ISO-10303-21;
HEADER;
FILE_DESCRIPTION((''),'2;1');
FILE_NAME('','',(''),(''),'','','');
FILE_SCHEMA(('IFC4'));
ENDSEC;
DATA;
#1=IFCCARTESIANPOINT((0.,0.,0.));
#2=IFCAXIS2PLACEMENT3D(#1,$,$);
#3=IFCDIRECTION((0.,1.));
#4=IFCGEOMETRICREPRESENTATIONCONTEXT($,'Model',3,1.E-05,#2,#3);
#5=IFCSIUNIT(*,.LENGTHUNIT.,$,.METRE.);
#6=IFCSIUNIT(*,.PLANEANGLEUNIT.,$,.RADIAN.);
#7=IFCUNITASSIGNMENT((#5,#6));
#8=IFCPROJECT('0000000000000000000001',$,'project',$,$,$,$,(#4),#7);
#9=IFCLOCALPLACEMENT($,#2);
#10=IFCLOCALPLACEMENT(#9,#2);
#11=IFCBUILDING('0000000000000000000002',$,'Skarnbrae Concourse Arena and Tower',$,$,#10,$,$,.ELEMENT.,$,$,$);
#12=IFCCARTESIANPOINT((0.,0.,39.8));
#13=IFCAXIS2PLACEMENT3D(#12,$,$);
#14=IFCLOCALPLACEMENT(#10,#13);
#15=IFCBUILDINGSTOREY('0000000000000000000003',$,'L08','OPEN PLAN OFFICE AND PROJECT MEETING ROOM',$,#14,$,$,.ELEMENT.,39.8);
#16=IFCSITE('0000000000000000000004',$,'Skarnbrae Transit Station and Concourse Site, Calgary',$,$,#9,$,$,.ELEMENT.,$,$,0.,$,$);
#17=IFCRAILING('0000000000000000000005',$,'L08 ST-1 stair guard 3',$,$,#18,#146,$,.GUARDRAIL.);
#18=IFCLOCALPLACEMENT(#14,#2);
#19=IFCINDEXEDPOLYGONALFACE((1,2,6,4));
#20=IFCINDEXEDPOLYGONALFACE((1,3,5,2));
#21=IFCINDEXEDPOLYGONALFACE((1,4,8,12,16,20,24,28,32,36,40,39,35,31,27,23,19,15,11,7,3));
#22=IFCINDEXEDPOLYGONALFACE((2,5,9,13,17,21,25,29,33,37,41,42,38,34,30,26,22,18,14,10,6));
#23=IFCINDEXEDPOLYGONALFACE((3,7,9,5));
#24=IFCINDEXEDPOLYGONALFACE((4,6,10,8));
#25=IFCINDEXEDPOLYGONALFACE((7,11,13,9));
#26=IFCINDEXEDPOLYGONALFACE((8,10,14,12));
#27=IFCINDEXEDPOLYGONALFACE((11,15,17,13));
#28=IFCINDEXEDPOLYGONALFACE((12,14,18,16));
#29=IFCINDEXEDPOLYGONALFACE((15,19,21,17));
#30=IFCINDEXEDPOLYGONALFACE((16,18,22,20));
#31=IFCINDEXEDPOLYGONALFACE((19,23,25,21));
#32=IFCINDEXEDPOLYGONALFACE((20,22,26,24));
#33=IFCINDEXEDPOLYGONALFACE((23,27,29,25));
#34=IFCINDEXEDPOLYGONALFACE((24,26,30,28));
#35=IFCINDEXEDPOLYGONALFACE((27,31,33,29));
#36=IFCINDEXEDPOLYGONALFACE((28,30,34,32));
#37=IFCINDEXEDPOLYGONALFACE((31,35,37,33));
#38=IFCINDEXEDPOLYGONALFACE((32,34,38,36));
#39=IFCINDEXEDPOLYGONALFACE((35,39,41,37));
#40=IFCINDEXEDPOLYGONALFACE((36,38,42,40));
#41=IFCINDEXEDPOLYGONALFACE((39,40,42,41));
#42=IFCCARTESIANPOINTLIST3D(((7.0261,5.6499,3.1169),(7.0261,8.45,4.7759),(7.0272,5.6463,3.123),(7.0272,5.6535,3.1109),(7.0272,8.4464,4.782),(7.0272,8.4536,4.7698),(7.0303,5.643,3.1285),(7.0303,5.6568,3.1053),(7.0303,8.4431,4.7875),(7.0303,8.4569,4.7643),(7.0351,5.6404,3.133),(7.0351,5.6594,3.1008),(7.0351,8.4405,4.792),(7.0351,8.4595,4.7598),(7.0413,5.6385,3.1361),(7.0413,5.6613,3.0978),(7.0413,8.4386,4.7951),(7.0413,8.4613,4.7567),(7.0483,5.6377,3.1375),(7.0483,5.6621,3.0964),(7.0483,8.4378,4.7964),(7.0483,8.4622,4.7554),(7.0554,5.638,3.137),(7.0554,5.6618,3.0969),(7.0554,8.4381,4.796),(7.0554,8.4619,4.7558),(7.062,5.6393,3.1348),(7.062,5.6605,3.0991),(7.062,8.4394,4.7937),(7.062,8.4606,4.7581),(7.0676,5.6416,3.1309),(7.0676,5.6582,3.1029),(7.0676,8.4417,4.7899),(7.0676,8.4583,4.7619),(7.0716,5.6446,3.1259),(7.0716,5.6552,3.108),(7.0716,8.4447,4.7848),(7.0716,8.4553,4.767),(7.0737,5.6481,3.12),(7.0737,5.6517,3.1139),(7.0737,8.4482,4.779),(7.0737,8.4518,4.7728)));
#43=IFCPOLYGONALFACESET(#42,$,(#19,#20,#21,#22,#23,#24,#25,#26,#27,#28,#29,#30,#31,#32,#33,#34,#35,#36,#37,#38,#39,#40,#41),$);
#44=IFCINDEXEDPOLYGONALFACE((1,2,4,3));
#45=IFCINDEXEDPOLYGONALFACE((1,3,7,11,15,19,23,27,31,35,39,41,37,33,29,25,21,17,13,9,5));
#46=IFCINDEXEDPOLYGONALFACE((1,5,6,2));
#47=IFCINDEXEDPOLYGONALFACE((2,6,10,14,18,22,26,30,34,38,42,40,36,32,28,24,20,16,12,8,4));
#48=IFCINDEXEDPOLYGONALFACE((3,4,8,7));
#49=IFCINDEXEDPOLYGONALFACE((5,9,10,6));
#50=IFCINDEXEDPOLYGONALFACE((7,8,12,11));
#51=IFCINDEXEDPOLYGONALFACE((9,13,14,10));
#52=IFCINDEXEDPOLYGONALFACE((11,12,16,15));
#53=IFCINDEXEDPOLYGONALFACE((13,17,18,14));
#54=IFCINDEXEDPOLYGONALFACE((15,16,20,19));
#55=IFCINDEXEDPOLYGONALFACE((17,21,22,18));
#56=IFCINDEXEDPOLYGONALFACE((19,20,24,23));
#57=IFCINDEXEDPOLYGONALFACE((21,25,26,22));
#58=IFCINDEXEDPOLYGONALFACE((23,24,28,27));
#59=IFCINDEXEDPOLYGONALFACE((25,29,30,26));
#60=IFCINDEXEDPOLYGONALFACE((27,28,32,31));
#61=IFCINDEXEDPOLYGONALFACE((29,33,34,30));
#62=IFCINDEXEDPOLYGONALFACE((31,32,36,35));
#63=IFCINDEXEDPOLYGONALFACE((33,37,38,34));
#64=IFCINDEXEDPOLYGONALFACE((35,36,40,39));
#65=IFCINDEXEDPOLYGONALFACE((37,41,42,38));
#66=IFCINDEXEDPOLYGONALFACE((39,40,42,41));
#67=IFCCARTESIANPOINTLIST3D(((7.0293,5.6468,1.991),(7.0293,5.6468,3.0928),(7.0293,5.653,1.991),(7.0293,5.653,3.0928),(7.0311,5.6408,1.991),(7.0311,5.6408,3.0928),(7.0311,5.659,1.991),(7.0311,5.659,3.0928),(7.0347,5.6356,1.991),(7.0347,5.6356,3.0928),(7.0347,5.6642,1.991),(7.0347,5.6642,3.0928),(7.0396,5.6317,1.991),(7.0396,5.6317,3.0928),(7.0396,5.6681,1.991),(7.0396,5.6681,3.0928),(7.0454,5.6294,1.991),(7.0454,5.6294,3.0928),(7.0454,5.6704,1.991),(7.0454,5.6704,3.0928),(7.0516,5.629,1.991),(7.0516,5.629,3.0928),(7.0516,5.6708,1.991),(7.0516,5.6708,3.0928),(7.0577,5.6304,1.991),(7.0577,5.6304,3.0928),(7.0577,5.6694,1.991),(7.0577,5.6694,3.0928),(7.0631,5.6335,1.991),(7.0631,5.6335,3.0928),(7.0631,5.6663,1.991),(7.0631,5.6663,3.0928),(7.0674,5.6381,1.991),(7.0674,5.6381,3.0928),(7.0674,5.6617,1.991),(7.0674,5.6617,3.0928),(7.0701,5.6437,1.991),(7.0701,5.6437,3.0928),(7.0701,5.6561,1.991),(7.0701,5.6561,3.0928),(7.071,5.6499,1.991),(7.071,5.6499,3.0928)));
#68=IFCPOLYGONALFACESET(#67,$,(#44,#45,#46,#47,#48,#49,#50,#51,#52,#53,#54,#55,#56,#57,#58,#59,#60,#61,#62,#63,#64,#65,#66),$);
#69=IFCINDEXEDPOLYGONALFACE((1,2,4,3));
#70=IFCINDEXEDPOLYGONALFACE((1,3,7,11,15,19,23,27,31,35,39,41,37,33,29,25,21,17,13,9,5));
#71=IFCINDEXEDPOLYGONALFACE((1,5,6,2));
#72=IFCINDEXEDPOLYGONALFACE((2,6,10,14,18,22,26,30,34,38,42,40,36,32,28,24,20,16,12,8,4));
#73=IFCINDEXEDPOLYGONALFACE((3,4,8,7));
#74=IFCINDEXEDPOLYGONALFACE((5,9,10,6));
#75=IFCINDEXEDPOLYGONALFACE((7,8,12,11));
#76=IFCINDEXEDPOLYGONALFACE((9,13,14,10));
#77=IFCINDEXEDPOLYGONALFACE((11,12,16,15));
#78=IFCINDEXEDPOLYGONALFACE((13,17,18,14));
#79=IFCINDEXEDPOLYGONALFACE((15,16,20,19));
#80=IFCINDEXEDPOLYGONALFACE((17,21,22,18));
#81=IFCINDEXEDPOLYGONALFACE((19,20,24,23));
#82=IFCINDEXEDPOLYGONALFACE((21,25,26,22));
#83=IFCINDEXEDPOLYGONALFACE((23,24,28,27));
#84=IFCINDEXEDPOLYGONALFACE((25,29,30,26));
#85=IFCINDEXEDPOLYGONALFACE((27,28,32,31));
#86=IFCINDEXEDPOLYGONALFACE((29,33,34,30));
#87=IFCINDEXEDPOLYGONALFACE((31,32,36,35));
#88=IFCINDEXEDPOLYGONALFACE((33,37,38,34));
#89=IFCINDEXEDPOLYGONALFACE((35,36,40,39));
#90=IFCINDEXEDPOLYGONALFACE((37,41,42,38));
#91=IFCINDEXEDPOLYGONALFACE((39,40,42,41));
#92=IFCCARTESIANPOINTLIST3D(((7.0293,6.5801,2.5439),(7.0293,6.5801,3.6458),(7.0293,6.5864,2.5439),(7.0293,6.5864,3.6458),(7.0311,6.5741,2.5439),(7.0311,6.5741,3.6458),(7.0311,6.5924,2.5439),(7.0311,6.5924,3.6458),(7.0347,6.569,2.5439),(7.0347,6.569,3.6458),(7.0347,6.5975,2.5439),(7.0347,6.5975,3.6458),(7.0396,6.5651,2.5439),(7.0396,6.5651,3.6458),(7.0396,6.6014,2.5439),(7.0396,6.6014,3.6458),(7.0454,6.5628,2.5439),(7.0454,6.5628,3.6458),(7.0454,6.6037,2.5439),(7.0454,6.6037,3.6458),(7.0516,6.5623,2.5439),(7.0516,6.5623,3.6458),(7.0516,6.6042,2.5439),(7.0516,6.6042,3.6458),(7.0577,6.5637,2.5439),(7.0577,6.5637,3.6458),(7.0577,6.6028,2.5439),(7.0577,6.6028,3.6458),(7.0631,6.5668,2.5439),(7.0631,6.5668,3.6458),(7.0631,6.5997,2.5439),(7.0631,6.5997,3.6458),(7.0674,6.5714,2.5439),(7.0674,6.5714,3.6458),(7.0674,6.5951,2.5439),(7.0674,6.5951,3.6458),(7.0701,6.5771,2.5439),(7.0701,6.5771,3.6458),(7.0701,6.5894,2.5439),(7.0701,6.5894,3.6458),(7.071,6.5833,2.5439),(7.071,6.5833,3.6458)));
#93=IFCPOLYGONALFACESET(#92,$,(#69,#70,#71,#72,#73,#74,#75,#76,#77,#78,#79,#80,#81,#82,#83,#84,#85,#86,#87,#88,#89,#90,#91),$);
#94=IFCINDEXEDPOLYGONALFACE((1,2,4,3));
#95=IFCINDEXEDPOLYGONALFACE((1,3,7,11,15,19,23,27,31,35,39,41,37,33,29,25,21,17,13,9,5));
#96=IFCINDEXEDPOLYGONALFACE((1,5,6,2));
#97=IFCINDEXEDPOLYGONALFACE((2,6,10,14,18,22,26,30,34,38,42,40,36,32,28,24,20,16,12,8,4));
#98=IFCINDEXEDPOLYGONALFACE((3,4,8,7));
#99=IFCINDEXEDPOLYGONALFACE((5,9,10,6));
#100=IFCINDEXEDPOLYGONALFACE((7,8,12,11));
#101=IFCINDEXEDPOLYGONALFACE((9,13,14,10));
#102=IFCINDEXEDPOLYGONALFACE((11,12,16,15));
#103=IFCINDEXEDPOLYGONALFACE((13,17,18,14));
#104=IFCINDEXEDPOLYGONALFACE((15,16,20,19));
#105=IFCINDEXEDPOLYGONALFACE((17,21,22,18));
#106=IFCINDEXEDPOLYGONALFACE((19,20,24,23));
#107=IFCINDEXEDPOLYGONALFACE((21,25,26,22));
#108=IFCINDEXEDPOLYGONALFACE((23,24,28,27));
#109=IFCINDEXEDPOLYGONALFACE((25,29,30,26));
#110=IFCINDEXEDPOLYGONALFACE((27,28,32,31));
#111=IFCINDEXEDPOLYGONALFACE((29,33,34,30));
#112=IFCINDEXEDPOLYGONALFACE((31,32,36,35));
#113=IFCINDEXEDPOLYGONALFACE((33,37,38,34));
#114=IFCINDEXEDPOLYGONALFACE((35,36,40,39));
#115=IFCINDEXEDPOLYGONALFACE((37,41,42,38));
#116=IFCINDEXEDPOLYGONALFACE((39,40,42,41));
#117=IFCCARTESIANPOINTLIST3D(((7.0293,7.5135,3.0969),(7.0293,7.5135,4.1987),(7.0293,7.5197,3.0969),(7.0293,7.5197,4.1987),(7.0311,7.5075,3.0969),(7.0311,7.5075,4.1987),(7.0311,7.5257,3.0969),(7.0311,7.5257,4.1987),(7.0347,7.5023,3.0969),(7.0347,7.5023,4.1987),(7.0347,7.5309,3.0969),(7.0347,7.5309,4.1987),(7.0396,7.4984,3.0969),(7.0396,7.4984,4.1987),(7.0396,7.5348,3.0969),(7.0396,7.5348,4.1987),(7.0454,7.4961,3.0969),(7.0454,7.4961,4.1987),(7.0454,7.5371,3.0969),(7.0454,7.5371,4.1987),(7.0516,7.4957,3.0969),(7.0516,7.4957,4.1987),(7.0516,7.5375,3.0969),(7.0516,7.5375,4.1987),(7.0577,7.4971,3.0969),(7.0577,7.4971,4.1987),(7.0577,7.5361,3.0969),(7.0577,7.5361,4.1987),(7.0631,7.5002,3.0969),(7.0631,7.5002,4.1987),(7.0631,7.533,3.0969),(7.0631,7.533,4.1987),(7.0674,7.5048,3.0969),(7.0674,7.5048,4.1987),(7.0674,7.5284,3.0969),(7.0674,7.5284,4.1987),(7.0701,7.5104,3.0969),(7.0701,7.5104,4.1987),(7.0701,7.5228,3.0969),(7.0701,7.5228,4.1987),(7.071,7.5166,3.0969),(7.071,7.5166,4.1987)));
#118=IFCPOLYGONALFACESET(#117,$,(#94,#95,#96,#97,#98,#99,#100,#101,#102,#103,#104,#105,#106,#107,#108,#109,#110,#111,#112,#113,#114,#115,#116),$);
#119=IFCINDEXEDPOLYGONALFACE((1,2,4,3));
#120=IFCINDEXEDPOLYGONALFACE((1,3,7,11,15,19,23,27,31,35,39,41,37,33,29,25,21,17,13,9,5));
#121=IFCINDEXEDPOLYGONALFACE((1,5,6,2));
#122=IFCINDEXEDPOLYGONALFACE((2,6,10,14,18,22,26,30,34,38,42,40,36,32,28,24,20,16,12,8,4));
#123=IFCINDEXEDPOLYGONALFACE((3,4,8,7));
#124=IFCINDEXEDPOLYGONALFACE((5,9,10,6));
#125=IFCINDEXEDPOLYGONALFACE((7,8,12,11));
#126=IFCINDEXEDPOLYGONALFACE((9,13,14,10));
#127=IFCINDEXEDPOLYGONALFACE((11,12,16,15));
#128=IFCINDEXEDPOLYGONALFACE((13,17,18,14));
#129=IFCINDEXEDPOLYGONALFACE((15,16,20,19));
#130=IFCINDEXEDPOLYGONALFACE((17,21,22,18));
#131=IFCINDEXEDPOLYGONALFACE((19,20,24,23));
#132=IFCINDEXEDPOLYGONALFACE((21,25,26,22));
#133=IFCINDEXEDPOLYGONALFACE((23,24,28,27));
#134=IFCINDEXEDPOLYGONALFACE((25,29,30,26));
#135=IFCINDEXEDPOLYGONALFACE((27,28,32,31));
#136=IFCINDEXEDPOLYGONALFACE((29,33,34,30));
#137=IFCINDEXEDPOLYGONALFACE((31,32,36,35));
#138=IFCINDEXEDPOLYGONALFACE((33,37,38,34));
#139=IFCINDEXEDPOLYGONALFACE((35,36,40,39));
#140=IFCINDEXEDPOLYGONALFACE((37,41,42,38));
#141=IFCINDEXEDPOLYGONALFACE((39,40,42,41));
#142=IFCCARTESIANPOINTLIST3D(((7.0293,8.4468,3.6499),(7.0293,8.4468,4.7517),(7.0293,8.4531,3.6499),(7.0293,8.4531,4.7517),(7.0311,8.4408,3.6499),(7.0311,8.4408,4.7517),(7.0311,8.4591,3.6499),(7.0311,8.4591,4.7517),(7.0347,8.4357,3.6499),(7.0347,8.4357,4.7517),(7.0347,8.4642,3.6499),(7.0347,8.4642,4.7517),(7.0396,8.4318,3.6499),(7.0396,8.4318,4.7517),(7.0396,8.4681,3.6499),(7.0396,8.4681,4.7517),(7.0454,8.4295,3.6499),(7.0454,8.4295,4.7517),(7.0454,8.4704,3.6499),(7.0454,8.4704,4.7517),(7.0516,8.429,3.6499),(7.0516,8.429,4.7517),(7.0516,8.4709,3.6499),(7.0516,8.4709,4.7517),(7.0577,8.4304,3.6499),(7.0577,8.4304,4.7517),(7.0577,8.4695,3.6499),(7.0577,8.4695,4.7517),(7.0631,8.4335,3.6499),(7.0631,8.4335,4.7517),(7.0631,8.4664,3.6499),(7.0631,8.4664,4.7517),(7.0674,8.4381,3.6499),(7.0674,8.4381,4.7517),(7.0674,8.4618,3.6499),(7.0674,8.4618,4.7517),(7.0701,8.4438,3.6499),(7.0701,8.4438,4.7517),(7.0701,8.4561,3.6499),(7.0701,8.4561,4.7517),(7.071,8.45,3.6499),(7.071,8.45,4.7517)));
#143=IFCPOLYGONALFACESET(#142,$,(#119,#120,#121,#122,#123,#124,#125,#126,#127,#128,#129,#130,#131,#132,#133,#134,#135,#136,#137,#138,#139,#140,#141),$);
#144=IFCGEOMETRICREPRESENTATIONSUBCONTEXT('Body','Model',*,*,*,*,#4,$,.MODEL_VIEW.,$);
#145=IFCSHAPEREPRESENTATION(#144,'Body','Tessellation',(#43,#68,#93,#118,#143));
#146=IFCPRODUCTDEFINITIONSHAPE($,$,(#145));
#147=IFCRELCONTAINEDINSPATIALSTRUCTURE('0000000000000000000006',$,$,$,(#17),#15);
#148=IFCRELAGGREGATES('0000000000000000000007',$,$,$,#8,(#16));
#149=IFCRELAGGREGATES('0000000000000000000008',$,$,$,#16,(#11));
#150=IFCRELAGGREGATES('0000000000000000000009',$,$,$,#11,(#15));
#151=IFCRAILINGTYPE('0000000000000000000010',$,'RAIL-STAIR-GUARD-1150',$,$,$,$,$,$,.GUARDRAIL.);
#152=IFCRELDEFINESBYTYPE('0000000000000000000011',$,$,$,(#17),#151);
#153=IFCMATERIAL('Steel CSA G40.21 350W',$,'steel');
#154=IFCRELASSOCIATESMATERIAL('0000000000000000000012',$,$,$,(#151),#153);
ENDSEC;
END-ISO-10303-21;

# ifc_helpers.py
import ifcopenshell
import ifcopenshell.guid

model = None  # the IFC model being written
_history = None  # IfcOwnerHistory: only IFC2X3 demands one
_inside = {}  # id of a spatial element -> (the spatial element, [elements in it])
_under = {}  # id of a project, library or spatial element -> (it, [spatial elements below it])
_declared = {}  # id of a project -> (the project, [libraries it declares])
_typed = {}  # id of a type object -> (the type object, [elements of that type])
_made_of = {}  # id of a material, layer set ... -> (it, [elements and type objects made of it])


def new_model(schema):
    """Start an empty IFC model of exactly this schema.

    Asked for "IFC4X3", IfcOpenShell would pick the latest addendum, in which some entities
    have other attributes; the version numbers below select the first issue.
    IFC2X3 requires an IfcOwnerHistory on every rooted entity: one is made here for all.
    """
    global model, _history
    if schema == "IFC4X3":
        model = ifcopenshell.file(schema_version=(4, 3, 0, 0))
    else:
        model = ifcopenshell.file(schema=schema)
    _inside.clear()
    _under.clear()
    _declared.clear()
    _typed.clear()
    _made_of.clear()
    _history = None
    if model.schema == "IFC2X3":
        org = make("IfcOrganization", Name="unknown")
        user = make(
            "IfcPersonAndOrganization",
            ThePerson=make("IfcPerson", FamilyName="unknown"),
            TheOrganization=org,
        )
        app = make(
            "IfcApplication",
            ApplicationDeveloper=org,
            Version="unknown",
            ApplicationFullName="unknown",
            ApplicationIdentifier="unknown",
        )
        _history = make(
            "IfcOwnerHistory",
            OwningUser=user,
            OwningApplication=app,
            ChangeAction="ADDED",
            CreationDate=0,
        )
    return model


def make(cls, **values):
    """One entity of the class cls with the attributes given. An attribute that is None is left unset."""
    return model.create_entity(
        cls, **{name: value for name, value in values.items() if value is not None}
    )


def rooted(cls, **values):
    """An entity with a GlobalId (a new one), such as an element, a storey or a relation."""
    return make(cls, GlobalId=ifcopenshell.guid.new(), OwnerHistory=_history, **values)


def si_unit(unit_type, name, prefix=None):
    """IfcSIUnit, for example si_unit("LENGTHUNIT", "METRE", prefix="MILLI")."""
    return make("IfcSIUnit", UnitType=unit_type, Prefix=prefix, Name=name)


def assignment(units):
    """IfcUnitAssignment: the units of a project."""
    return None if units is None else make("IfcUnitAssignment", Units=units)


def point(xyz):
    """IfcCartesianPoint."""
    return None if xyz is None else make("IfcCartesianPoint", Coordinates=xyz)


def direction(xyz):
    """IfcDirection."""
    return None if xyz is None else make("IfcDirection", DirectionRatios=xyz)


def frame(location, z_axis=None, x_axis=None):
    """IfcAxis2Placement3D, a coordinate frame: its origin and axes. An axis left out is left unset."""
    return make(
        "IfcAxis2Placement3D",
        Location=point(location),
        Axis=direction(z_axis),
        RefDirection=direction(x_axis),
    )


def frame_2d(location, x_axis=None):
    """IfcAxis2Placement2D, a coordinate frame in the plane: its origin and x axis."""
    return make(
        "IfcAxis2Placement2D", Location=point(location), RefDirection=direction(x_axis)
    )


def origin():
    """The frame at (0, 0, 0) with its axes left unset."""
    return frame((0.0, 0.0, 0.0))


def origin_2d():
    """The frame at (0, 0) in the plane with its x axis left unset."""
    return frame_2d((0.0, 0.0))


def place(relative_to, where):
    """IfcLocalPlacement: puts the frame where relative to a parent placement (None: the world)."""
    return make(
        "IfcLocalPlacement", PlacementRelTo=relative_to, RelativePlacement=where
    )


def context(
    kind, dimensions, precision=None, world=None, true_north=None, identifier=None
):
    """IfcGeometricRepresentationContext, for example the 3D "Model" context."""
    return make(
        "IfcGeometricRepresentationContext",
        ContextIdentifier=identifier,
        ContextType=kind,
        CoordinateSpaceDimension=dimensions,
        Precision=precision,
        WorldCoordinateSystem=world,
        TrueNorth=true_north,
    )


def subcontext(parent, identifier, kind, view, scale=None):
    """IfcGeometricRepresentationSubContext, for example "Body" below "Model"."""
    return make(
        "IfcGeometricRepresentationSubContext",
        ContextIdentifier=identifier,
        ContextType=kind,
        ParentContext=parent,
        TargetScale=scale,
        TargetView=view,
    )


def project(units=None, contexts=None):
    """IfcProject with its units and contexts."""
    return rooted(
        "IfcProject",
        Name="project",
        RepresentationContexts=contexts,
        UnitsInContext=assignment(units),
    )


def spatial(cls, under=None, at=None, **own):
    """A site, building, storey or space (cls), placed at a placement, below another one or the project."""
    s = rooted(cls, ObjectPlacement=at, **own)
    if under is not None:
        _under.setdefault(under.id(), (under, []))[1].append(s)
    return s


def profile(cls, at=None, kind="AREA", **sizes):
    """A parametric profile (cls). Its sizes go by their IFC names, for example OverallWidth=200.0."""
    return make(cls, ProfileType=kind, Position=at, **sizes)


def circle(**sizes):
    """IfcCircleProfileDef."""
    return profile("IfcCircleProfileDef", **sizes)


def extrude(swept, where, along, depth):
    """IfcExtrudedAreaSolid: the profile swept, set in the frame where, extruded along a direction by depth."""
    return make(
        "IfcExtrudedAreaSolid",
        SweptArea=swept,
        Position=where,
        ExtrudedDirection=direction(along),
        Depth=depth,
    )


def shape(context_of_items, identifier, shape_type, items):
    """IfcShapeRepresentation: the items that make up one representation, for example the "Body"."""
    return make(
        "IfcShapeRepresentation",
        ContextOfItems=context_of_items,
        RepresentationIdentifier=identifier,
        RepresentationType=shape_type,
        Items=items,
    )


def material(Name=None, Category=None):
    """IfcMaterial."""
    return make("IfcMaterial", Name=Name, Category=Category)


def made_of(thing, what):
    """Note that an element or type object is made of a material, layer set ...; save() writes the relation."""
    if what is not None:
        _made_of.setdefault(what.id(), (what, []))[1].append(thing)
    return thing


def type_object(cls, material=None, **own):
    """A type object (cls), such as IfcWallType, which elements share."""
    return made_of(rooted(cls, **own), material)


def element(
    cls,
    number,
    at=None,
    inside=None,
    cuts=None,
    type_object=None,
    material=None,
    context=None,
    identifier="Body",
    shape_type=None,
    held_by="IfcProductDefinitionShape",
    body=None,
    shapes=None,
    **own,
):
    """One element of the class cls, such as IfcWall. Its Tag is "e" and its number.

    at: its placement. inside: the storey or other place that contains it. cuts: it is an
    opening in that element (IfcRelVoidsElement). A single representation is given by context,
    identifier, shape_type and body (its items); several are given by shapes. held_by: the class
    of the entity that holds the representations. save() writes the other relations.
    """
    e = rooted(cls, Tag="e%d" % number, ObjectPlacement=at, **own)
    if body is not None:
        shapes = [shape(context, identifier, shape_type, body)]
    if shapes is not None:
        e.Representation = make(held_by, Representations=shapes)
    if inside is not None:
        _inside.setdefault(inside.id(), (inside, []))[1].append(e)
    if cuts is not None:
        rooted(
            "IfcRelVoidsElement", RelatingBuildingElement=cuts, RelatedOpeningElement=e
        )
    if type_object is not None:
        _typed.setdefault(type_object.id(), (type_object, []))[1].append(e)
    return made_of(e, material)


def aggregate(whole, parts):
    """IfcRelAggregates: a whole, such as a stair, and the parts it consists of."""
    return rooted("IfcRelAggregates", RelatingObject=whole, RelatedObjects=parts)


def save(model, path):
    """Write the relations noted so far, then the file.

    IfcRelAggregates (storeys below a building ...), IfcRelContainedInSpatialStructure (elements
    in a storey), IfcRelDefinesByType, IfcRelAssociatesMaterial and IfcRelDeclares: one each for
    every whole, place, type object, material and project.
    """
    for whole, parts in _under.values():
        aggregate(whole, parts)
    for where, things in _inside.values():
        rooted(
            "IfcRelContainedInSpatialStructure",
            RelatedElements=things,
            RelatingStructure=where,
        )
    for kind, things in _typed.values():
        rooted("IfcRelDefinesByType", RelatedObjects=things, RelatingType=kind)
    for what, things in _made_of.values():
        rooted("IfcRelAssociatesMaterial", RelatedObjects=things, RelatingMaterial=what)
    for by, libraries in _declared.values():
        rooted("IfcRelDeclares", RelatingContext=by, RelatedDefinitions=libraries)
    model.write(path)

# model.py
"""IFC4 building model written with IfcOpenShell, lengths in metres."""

from ifc_helpers import new_model, si_unit, direction, frame, origin, origin_2d, place, context, subcontext, project, spatial, circle, extrude, material, type_object, element, save


model = new_model("IFC4")

# Units and contexts
model_context = context("Model", 3, precision=1e-05, world=origin(), true_north=direction((0.0, 1.0)))
body_context = subcontext(model_context, "Body", "Model", "MODEL_VIEW")
ifc_project = project(units=[si_unit("LENGTHUNIT", "METRE"), si_unit("PLANEANGLEUNIT", "RADIAN")], contexts=[model_context])

# Site, building, storey
site_placement = place(None, origin())
site = spatial("IfcSite", under=ifc_project, at=site_placement, Name="Skarnbrae Transit Station and Concourse Site, Calgary", CompositionType="ELEMENT", RefElevation=0.0)
building_placement = place(site_placement, origin())
building = spatial("IfcBuilding", under=site, at=building_placement, Name="Skarnbrae Concourse Arena and Tower", CompositionType="ELEMENT")
storey_placement = place(building_placement, frame((0.0, 0.0, 39.8)))
storey = spatial("IfcBuildingStorey", under=building, at=storey_placement, Name="L08", Description="OPEN PLAN OFFICE AND PROJECT MEETING ROOM", CompositionType="ELEMENT", Elevation=39.8)

# Shared definitions
ifc_material_1 = material(Name="Steel CSA G40.21 350W", Category="steel")

# Railing
railing_type_1 = type_object("IfcRailingType", Name="RAIL-STAIR-GUARD-1150", PredefinedType="GUARDRAIL", material=ifc_material_1)
railing_1_placement = place(storey_placement, frame((7.05, 5.6499, 1.991)))
element("IfcRailing", 1, at=railing_1_placement, inside=storey, type_object=railing_type_1, Name="L08 ST-1 stair guard 3", PredefinedType="GUARDRAIL", context=body_context, shape_type="SweptSolid", body=[
    extrude(circle(Radius=0.0239, at=origin_2d()), frame((0.0, 0.0, 1.126), z_axis=(0.0, 0.860339, 0.509722), x_axis=(-1.0, 0.0, 0.0)), (0.0, 0.0, 1.0), 3.2546),
    extrude(circle(Radius=0.021, at=origin_2d()), origin(), (0.0, 0.0, 1.0), 1.1018),
    extrude(circle(Radius=0.021, at=origin_2d()), frame((0.0, 0.9333, 0.553)), (0.0, 0.0, 1.0), 1.1018),
    extrude(circle(Radius=0.021, at=origin_2d()), frame((0.0, 1.8667, 1.106)), (0.0, 0.0, 1.0), 1.1018),
    extrude(circle(Radius=0.021, at=origin_2d()), frame((0.0, 2.8, 1.6589)), (0.0, 0.0, 1.0), 1.1018),
])

save(model, "model.ifc")
